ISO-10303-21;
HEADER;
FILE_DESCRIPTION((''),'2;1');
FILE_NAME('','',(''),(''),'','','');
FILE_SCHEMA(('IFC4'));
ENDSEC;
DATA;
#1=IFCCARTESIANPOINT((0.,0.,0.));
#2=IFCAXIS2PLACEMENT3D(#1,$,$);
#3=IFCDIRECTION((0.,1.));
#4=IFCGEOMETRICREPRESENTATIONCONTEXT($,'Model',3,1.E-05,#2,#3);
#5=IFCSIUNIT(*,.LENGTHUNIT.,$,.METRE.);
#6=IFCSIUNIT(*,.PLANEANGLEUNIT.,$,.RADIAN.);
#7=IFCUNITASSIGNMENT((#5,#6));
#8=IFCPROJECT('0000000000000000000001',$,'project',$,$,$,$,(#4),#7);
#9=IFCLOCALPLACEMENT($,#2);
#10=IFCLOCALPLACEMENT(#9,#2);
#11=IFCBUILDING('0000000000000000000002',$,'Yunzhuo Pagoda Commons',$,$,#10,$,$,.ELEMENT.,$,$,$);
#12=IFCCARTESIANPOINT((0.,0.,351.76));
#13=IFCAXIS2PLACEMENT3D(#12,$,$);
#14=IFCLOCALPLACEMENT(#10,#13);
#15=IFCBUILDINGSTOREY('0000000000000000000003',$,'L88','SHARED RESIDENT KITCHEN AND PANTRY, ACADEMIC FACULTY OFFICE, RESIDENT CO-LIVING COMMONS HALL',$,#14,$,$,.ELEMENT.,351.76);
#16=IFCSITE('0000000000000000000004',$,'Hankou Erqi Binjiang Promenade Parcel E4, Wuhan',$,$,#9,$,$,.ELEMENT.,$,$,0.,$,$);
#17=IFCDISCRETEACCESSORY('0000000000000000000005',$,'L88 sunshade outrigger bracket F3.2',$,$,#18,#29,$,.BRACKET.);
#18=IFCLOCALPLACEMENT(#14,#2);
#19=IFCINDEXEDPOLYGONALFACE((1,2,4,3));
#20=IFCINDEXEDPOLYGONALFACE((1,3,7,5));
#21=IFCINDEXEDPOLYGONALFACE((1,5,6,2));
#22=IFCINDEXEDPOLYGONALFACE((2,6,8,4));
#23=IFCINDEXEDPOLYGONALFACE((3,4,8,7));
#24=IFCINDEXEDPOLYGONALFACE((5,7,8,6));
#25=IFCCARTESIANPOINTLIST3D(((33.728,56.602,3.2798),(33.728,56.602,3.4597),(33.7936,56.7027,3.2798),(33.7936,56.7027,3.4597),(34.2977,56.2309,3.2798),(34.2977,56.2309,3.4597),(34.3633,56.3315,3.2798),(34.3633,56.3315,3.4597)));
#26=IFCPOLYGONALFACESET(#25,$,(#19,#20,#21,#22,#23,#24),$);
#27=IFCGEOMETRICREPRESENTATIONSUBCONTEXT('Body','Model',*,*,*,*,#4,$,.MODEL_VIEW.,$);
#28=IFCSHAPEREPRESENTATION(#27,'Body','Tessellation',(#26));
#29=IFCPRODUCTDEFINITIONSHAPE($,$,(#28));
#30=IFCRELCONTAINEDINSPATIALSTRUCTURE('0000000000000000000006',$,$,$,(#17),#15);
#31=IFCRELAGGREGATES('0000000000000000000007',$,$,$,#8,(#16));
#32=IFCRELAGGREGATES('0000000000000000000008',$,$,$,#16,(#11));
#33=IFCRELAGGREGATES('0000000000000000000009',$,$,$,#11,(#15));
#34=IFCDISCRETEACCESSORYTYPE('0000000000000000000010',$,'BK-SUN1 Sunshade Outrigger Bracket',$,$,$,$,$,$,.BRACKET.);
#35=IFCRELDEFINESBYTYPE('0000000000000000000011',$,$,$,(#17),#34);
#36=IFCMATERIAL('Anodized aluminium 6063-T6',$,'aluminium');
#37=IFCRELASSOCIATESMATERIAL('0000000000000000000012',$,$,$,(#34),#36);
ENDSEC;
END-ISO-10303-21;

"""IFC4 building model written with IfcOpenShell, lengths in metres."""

from ifc_helpers import new_model, si_unit, direction, frame, origin, origin_2d, place, context, subcontext, project, spatial, rectangle, extrude, source, transform, mapped, material, type_object, element, save


model = new_model("IFC4")

# Units and contexts
model_context = context("Model", 3, precision=1e-05, world=origin(), true_north=direction((0.0, 1.0)))
body_context = subcontext(model_context, "Body", "Model", "MODEL_VIEW")
ifc_project = project(units=[si_unit("LENGTHUNIT", "METRE"), si_unit("PLANEANGLEUNIT", "RADIAN")], contexts=[model_context])

# Site, building, storey
site_placement = place(None, origin())
site = spatial("IfcSite", under=ifc_project, at=site_placement, Name="Hankou Erqi Binjiang Promenade Parcel E4, Wuhan", CompositionType="ELEMENT", RefElevation=0.0)
building_placement = place(site_placement, origin())
building = spatial("IfcBuilding", under=site, at=building_placement, Name="Yunzhuo Pagoda Commons", CompositionType="ELEMENT")
storey_placement = place(building_placement, frame((0.0, 0.0, 351.76)))
storey = spatial("IfcBuildingStorey", under=building, at=storey_placement, Name="L88", Description="SHARED RESIDENT KITCHEN AND PANTRY, ACADEMIC FACULTY OFFICE, RESIDENT CO-LIVING COMMONS HALL", CompositionType="ELEMENT", Elevation=351.76)

# Shared definitions
ifc_material_1 = material(Name="Anodized aluminium 6063-T6", Category="aluminium")

# Discrete accessory
discrete_accessory_type = type_object("IfcDiscreteAccessoryType", Name="BK-SUN1 Sunshade Outrigger Bracket", PredefinedType="BRACKET", material=ifc_material_1)
shared_shape_1 = source(origin(), body_context, "Body", "SweptSolid", [
    extrude(rectangle(XDim=0.1201, YDim=0.6799, at=origin_2d()), origin(), (0.0, 0.0, 1.0), 0.1799),
])
discrete_accessory_placement = place(storey_placement, frame((34.0457, 56.4668, 3.2798), z_axis=(0.0, 0.0, 1.0), x_axis=(-0.545853, -0.837881, 0.0)))
element("IfcDiscreteAccessory", 1, at=discrete_accessory_placement, inside=storey, type_object=discrete_accessory_type, Name="L88 sunshade outrigger bracket F3.2", PredefinedType="BRACKET", context=body_context, shape_type="MappedRepresentation", body=[
    mapped(shared_shape_1, transform((0.0, 0.0, 0.0), scale=1.0)),
])

save(model, "model.ifc")
